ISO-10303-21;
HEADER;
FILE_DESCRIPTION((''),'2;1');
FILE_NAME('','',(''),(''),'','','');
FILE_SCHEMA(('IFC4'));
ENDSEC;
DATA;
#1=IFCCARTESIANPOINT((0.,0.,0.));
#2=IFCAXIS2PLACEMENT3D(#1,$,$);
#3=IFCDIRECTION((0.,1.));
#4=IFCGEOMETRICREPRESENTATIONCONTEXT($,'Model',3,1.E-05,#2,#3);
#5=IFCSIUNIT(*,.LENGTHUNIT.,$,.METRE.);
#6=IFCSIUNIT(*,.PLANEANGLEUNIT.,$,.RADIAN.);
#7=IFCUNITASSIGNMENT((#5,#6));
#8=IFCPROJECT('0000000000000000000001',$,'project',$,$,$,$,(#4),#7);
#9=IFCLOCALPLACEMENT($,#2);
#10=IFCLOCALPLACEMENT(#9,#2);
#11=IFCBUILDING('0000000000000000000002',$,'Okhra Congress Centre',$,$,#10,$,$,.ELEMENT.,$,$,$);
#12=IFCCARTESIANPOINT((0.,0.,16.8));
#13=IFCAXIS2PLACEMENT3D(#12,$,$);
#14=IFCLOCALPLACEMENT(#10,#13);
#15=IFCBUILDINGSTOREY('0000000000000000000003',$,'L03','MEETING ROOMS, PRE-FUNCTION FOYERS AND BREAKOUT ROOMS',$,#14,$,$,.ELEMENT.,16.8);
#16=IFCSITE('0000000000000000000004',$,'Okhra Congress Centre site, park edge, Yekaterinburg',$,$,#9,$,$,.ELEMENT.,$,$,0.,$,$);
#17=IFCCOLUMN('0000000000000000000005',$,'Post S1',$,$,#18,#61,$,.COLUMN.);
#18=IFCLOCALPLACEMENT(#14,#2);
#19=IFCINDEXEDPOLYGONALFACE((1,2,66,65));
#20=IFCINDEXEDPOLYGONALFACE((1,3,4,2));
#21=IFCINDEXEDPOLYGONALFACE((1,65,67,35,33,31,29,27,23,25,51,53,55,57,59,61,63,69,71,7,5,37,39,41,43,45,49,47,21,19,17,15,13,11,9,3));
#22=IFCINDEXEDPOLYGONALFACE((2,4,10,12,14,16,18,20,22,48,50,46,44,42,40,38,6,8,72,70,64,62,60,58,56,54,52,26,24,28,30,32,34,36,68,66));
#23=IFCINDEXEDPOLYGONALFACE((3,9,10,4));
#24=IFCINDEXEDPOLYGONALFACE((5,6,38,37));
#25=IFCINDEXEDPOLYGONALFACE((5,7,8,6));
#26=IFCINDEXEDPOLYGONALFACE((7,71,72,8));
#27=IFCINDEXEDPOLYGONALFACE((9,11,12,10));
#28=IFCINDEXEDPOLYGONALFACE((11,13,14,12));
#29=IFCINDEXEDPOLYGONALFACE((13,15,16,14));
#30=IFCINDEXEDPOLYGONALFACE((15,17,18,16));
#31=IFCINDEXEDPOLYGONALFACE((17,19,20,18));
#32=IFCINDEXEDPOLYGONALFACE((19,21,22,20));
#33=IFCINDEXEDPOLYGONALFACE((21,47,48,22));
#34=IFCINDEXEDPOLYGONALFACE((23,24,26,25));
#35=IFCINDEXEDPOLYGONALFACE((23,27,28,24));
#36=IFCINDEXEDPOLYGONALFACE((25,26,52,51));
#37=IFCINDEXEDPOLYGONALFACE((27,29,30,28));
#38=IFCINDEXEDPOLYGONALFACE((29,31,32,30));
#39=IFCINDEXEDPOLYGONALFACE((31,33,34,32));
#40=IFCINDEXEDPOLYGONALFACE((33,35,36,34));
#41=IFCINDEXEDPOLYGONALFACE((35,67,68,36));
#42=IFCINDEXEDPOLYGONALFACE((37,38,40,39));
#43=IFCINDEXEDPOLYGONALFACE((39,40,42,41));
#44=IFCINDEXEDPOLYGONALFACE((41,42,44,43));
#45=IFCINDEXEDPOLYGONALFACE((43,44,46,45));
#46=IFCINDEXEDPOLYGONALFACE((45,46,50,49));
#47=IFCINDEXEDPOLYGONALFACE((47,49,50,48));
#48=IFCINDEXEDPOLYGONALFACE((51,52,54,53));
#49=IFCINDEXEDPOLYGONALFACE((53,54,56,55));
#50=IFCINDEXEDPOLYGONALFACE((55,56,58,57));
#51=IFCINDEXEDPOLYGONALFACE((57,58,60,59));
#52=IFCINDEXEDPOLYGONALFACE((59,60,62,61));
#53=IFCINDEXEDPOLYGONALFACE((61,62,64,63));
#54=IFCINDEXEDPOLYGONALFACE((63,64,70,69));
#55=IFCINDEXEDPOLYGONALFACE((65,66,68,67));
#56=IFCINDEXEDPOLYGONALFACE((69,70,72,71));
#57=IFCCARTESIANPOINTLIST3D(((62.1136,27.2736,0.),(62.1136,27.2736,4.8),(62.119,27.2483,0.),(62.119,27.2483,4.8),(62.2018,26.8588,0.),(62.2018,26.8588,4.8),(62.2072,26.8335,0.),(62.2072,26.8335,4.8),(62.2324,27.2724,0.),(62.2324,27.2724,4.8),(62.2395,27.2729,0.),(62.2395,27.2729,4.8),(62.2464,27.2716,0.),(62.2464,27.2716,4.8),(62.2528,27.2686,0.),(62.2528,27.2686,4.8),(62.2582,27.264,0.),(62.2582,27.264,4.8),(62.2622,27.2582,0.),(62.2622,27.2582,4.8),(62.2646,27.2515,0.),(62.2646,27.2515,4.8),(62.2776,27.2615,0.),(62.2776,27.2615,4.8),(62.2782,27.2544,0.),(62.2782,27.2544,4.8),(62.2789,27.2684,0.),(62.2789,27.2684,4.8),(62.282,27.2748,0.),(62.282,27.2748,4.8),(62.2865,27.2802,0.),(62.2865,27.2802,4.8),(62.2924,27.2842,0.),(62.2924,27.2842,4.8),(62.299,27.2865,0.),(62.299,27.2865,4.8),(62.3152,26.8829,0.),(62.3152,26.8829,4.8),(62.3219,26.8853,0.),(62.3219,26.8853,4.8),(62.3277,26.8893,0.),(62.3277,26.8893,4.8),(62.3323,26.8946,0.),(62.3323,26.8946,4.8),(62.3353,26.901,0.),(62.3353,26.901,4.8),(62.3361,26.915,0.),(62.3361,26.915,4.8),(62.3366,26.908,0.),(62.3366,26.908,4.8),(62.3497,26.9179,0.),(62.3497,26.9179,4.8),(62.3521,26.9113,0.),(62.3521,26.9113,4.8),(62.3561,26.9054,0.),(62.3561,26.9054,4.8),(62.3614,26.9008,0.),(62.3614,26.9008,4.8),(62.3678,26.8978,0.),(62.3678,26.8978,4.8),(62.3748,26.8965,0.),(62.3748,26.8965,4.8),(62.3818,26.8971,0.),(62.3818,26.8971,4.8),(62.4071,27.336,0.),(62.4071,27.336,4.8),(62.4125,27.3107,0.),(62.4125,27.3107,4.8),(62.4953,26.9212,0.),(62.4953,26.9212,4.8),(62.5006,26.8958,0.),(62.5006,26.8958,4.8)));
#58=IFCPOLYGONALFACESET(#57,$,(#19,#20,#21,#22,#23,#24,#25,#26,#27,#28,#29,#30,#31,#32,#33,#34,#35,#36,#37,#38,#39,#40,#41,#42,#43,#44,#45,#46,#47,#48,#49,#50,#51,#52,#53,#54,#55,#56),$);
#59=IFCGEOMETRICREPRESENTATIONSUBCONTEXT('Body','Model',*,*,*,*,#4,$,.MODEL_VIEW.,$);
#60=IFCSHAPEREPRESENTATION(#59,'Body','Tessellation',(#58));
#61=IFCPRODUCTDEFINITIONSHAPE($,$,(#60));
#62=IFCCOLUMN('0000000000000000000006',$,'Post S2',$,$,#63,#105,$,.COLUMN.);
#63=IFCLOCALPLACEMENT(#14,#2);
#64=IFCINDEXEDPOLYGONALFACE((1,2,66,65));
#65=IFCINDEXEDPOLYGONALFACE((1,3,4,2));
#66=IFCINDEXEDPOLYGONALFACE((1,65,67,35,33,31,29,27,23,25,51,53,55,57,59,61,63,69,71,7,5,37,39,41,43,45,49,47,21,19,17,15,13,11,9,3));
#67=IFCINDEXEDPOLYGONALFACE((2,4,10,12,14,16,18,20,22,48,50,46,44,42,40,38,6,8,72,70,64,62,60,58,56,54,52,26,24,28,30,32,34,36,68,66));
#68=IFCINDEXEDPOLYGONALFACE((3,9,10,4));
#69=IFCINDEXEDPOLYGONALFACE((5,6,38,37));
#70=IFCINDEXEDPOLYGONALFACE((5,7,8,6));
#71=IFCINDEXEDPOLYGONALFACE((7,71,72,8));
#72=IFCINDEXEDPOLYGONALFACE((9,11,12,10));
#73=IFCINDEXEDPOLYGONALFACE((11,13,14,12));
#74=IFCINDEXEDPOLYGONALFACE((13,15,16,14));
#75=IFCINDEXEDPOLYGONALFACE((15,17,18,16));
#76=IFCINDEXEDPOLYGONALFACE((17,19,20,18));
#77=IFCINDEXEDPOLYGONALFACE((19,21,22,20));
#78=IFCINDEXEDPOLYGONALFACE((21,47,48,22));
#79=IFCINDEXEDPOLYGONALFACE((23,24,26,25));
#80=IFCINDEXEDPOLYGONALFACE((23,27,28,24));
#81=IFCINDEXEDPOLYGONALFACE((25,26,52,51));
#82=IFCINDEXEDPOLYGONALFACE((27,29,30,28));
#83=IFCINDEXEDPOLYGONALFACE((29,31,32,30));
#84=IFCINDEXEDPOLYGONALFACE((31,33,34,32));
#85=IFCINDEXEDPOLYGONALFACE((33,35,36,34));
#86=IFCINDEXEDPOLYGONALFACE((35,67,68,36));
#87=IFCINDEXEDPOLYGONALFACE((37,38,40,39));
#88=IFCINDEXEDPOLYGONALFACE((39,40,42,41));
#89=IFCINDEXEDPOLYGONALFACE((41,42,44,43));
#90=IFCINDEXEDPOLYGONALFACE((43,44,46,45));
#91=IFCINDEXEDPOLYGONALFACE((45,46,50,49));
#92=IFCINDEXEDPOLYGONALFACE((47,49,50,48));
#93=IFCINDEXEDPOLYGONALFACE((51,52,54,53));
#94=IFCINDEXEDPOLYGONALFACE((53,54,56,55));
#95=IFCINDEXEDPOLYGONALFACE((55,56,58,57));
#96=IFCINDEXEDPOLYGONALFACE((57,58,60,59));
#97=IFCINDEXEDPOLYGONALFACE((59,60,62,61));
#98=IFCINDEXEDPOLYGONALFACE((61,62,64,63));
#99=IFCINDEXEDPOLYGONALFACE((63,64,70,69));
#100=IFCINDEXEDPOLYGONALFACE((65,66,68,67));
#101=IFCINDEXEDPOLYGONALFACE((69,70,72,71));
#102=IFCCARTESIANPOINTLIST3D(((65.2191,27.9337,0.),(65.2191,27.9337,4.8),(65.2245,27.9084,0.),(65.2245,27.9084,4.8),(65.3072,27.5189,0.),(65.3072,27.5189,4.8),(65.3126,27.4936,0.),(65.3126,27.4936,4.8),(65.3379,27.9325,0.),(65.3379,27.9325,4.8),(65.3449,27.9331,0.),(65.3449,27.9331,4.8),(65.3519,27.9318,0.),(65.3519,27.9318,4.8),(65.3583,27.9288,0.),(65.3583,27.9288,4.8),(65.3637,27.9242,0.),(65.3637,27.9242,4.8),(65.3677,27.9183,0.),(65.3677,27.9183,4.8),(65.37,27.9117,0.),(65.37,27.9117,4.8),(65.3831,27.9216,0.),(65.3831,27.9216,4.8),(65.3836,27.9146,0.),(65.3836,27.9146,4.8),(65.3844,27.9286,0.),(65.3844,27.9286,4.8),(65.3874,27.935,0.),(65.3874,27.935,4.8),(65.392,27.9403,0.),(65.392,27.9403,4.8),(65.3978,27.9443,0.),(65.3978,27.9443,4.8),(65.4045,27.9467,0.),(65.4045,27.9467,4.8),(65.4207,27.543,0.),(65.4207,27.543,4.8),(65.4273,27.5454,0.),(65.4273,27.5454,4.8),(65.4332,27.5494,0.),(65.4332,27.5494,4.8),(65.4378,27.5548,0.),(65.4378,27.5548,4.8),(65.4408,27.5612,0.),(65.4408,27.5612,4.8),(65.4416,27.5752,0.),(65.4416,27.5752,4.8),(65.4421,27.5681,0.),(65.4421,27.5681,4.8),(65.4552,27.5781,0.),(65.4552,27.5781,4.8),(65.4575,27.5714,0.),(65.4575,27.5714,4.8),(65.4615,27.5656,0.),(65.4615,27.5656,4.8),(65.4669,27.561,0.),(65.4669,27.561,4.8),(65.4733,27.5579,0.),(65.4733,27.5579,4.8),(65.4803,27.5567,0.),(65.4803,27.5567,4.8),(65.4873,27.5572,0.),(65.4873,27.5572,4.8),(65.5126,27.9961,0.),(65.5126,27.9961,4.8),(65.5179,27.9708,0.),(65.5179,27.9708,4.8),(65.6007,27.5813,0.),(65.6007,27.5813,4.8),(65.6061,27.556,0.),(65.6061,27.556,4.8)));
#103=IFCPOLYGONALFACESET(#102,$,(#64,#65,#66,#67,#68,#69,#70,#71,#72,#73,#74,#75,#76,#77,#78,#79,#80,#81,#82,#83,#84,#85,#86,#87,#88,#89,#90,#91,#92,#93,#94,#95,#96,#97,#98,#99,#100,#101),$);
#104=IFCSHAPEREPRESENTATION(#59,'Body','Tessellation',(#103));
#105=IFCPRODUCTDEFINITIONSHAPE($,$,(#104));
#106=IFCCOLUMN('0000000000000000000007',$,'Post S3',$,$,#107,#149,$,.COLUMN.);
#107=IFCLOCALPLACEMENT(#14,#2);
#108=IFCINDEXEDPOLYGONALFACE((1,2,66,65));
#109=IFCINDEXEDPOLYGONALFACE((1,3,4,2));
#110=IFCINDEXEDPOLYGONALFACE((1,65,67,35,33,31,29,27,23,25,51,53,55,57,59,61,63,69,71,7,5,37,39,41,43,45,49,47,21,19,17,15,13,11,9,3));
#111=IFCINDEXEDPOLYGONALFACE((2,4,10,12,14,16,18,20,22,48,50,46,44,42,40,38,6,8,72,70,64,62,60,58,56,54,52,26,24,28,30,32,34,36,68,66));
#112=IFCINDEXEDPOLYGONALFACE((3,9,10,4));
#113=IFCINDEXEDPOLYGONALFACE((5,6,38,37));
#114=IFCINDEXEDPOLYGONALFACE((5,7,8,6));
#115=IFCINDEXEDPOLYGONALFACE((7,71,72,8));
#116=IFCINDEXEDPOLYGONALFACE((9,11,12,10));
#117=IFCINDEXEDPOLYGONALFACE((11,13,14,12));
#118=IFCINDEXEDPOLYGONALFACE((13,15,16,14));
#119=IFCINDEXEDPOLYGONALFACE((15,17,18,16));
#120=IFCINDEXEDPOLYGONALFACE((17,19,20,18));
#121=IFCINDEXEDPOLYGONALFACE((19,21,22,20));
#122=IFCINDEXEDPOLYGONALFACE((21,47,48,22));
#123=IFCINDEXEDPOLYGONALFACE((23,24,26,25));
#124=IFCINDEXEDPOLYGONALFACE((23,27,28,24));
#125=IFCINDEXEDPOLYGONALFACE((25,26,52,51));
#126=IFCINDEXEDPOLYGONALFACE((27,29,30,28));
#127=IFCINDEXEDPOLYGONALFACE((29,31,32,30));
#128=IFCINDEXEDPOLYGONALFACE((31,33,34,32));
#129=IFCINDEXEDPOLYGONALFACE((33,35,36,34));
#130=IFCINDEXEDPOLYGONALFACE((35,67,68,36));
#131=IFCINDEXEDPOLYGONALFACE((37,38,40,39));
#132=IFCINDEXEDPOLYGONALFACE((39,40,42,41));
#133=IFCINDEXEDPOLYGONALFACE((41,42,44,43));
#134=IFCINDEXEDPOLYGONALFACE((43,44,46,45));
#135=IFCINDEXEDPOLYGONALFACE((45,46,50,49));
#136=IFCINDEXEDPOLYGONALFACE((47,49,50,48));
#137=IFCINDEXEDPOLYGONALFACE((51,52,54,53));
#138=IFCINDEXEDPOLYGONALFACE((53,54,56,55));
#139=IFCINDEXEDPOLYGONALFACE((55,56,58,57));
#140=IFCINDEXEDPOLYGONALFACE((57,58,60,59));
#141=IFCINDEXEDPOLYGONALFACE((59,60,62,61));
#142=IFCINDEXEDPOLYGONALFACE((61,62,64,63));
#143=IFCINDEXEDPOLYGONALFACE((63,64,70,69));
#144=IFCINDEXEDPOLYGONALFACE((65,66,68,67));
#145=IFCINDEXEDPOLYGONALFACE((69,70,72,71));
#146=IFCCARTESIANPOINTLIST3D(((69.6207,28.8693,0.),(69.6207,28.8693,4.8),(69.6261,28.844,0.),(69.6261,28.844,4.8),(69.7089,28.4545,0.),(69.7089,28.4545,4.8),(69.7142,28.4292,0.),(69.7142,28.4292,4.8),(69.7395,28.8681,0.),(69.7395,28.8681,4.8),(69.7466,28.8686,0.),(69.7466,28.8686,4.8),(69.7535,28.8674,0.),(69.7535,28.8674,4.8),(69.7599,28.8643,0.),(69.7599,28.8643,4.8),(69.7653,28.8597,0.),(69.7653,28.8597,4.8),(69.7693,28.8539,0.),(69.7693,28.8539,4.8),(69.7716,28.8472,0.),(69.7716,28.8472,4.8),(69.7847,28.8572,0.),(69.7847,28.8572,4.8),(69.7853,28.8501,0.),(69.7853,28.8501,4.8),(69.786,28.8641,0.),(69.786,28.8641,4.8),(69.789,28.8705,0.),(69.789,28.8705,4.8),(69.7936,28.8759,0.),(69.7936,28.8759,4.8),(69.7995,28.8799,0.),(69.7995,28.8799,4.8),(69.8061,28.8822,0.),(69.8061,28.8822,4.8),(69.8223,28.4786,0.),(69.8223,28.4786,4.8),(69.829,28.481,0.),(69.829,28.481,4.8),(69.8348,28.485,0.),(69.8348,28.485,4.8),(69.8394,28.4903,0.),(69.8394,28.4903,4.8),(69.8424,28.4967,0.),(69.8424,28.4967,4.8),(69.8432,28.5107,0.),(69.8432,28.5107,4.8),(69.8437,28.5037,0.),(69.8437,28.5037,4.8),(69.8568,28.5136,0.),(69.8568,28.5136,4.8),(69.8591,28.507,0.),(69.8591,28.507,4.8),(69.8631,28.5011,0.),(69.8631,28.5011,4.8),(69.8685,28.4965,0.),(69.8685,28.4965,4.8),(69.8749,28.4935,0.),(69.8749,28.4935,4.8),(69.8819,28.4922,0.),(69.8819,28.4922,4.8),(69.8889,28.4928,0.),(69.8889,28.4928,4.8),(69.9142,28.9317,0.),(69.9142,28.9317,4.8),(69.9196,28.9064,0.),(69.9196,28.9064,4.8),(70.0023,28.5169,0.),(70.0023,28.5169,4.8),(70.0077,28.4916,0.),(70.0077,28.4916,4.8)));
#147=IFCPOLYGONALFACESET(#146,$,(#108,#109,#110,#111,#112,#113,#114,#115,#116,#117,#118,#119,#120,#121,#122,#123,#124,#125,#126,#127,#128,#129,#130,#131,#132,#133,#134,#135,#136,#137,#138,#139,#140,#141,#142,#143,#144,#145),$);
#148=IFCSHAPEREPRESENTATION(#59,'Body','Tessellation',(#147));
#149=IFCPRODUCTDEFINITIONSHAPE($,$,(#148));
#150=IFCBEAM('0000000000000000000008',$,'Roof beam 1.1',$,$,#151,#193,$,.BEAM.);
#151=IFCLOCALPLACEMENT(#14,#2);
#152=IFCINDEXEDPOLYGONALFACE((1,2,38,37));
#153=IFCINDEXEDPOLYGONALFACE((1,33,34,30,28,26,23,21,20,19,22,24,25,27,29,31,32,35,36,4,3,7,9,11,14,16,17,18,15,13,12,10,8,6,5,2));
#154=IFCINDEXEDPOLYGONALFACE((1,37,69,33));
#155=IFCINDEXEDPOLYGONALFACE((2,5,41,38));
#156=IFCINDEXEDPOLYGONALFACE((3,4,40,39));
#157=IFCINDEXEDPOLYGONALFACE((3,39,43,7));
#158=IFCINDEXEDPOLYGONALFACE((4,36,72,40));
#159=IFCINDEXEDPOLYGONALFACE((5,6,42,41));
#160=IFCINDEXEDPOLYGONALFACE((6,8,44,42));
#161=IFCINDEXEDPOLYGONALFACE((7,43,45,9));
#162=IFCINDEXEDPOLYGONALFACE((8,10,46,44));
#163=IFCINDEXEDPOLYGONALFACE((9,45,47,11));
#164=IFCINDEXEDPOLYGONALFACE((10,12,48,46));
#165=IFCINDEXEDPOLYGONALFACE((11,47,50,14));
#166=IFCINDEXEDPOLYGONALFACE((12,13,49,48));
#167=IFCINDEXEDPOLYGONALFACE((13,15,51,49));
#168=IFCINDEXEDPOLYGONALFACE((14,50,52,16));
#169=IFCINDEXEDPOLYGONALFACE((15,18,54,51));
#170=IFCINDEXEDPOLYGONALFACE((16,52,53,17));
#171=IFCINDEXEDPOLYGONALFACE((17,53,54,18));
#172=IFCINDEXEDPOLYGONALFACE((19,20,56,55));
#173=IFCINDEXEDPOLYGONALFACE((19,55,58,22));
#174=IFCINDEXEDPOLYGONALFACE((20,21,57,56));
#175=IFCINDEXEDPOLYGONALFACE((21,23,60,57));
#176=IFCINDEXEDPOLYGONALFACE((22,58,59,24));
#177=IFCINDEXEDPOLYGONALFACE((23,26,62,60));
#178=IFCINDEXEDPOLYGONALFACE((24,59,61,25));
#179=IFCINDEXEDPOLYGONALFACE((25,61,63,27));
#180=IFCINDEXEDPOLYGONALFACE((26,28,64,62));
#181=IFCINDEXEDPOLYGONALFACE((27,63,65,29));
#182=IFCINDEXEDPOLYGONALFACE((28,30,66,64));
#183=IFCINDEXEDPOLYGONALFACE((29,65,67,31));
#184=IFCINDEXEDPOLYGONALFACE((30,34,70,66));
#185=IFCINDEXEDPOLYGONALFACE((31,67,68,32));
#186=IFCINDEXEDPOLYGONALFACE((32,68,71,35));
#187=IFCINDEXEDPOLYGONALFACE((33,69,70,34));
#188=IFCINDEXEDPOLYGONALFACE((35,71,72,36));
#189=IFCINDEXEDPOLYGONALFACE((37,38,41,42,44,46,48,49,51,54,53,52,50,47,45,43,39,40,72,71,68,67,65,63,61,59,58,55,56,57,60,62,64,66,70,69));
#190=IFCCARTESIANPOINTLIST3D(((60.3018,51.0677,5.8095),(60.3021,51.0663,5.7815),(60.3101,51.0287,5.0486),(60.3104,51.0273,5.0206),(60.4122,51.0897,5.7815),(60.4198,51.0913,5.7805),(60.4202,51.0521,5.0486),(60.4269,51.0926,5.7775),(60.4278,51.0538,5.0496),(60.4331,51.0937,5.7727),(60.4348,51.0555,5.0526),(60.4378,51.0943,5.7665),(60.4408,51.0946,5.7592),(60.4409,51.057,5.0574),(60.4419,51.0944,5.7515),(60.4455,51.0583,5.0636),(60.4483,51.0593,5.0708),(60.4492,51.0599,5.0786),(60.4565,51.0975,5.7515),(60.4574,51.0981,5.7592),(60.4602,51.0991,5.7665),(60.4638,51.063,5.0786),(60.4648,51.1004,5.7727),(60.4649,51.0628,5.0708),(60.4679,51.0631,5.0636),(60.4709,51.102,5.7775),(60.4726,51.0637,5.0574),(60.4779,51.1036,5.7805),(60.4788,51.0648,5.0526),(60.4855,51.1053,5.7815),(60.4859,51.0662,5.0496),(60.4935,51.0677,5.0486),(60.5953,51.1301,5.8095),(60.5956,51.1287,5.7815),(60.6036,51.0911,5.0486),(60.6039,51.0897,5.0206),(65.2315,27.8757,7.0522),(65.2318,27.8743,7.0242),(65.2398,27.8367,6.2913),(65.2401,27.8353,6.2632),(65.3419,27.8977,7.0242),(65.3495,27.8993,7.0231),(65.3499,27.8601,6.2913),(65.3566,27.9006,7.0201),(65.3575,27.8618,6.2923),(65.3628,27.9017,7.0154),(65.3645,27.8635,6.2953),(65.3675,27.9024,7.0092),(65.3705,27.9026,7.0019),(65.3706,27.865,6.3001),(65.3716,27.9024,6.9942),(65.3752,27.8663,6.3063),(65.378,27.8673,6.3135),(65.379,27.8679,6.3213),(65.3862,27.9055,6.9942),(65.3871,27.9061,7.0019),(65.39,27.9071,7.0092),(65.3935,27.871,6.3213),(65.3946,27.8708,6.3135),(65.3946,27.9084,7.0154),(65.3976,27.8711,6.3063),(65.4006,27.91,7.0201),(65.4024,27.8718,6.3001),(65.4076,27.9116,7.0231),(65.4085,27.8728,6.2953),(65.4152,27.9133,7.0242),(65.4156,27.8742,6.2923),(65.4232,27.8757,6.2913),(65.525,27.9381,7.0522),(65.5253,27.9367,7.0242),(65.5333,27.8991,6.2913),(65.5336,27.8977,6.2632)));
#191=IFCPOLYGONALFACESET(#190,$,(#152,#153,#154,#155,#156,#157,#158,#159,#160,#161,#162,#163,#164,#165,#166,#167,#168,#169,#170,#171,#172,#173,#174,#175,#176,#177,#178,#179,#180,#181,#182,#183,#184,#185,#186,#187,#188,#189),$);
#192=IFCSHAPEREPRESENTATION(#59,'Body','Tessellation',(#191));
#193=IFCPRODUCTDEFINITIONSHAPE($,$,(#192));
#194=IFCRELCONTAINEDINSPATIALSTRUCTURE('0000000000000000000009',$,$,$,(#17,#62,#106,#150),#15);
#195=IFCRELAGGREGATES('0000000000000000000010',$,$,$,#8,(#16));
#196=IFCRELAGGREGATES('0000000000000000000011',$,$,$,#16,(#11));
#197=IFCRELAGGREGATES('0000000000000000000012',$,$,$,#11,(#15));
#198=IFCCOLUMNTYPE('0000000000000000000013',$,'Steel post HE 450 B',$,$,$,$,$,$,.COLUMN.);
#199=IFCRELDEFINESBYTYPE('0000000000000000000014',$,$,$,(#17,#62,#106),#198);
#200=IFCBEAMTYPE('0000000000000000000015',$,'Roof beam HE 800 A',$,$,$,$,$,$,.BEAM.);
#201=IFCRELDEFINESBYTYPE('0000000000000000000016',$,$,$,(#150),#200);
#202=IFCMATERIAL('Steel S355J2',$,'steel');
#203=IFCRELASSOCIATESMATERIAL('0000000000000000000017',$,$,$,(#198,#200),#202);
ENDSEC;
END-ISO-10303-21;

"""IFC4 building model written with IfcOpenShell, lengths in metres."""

from ifc_helpers import new_model, si_unit, direction, frame, origin, origin_2d, place, context, subcontext, project, spatial, i_section, extrude, material, material_profile, profile_set, type_object, element, save


model = new_model("IFC4")

# Units and contexts
model_context = context("Model", 3, precision=1e-05, world=origin(), true_north=direction((0.0, 1.0)))
body_context = subcontext(model_context, "Body", "Model", "MODEL_VIEW")
ifc_project = project(units=[si_unit("LENGTHUNIT", "METRE"), si_unit("PLANEANGLEUNIT", "RADIAN")], contexts=[model_context])

# Site, building, storey
site_placement = place(None, origin())
site = spatial("IfcSite", under=ifc_project, at=site_placement, Name="Okhra Congress Centre site, park edge, Yekaterinburg", CompositionType="ELEMENT", RefElevation=0.0)
building_placement = place(site_placement, origin())
building = spatial("IfcBuilding", under=site, at=building_placement, Name="Okhra Congress Centre", CompositionType="ELEMENT")
storey_placement = place(building_placement, frame((0.0, 0.0, 16.8)))
storey = spatial("IfcBuildingStorey", under=building, at=storey_placement, Name="L03", Description="MEETING ROOMS, PRE-FUNCTION FOYERS AND BREAKOUT ROOMS", CompositionType="ELEMENT", Elevation=16.8)

# Columns
ifc_material_1 = material(Name="Steel S355J2", Category="steel")
ifc_material_profile_1 = material_profile(ifc_material_1, i_section(OverallWidth=0.3, OverallDepth=0.45, WebThickness=0.0139, FlangeThickness=0.0259, FilletRadius=0.0271, at=origin_2d()), Name="HE 450 B")
ifc_profile_set_1 = profile_set([ifc_material_profile_1], Name="Steel S355J2")
column_type = type_object("IfcColumnType", Name="Steel post HE 450 B", PredefinedType="COLUMN", material=ifc_profile_set_1)
for number, where, z_axis, x_axis, name in (
    (1, (62.3071, 27.0847, 0.0), (0.0, 0.0, 1.0), (0.978148, 0.207912, 0.0), "Post S1"),
    (2, (65.4126, 27.7449, 0.0), (0.0, 0.0, 1.0), (0.978148, 0.207912, 0.0), "Post S2"),
    (3, (69.8142, 28.6804, 0.0), (0.0, 0.0, 1.0), (0.978148, 0.207912, 0.0), "Post S3"),
):
    element("IfcColumn", number, at=place(storey_placement, frame(where, z_axis=z_axis, x_axis=x_axis)), inside=storey, type_object=column_type, Name=name, PredefinedType="COLUMN", context=body_context, shape_type="SweptSolid", body=[
        extrude(i_section(OverallWidth=0.3, OverallDepth=0.45, WebThickness=0.0139, FlangeThickness=0.0259, FilletRadius=0.0271, at=origin_2d()), origin(), (0.0, 0.0, 1.0), 4.8),
    ])

# Beam
ifc_material_profile_2 = material_profile(ifc_material_1, i_section(OverallWidth=0.3, OverallDepth=0.79, WebThickness=0.0149, FlangeThickness=0.0281, FilletRadius=0.03, at=origin_2d()), Name="HE 800 A")
ifc_profile_set_2 = profile_set([ifc_material_profile_2], Name="Steel S355J2")
beam_type = type_object("IfcBeamType", Name="Roof beam HE 800 A", PredefinedType="BEAM", material=ifc_profile_set_2)
beam_placement = place(storey_placement, frame((65.3826, 27.8867, 6.6577), z_axis=(-0.207631, 0.976806, -0.05234), x_axis=(-0.978147, -0.207916, 0.0)))
element("IfcBeam", 4, at=beam_placement, inside=storey, type_object=beam_type, Name="Roof beam 1.1", PredefinedType="BEAM", context=body_context, shape_type="SweptSolid", body=[
    extrude(i_section(OverallWidth=0.3, OverallDepth=0.79, WebThickness=0.0149, FlangeThickness=0.0281, FilletRadius=0.03, at=origin_2d()), origin(), (0.0, 0.0, 1.0), 23.7427),
])

save(model, "model.ifc")
